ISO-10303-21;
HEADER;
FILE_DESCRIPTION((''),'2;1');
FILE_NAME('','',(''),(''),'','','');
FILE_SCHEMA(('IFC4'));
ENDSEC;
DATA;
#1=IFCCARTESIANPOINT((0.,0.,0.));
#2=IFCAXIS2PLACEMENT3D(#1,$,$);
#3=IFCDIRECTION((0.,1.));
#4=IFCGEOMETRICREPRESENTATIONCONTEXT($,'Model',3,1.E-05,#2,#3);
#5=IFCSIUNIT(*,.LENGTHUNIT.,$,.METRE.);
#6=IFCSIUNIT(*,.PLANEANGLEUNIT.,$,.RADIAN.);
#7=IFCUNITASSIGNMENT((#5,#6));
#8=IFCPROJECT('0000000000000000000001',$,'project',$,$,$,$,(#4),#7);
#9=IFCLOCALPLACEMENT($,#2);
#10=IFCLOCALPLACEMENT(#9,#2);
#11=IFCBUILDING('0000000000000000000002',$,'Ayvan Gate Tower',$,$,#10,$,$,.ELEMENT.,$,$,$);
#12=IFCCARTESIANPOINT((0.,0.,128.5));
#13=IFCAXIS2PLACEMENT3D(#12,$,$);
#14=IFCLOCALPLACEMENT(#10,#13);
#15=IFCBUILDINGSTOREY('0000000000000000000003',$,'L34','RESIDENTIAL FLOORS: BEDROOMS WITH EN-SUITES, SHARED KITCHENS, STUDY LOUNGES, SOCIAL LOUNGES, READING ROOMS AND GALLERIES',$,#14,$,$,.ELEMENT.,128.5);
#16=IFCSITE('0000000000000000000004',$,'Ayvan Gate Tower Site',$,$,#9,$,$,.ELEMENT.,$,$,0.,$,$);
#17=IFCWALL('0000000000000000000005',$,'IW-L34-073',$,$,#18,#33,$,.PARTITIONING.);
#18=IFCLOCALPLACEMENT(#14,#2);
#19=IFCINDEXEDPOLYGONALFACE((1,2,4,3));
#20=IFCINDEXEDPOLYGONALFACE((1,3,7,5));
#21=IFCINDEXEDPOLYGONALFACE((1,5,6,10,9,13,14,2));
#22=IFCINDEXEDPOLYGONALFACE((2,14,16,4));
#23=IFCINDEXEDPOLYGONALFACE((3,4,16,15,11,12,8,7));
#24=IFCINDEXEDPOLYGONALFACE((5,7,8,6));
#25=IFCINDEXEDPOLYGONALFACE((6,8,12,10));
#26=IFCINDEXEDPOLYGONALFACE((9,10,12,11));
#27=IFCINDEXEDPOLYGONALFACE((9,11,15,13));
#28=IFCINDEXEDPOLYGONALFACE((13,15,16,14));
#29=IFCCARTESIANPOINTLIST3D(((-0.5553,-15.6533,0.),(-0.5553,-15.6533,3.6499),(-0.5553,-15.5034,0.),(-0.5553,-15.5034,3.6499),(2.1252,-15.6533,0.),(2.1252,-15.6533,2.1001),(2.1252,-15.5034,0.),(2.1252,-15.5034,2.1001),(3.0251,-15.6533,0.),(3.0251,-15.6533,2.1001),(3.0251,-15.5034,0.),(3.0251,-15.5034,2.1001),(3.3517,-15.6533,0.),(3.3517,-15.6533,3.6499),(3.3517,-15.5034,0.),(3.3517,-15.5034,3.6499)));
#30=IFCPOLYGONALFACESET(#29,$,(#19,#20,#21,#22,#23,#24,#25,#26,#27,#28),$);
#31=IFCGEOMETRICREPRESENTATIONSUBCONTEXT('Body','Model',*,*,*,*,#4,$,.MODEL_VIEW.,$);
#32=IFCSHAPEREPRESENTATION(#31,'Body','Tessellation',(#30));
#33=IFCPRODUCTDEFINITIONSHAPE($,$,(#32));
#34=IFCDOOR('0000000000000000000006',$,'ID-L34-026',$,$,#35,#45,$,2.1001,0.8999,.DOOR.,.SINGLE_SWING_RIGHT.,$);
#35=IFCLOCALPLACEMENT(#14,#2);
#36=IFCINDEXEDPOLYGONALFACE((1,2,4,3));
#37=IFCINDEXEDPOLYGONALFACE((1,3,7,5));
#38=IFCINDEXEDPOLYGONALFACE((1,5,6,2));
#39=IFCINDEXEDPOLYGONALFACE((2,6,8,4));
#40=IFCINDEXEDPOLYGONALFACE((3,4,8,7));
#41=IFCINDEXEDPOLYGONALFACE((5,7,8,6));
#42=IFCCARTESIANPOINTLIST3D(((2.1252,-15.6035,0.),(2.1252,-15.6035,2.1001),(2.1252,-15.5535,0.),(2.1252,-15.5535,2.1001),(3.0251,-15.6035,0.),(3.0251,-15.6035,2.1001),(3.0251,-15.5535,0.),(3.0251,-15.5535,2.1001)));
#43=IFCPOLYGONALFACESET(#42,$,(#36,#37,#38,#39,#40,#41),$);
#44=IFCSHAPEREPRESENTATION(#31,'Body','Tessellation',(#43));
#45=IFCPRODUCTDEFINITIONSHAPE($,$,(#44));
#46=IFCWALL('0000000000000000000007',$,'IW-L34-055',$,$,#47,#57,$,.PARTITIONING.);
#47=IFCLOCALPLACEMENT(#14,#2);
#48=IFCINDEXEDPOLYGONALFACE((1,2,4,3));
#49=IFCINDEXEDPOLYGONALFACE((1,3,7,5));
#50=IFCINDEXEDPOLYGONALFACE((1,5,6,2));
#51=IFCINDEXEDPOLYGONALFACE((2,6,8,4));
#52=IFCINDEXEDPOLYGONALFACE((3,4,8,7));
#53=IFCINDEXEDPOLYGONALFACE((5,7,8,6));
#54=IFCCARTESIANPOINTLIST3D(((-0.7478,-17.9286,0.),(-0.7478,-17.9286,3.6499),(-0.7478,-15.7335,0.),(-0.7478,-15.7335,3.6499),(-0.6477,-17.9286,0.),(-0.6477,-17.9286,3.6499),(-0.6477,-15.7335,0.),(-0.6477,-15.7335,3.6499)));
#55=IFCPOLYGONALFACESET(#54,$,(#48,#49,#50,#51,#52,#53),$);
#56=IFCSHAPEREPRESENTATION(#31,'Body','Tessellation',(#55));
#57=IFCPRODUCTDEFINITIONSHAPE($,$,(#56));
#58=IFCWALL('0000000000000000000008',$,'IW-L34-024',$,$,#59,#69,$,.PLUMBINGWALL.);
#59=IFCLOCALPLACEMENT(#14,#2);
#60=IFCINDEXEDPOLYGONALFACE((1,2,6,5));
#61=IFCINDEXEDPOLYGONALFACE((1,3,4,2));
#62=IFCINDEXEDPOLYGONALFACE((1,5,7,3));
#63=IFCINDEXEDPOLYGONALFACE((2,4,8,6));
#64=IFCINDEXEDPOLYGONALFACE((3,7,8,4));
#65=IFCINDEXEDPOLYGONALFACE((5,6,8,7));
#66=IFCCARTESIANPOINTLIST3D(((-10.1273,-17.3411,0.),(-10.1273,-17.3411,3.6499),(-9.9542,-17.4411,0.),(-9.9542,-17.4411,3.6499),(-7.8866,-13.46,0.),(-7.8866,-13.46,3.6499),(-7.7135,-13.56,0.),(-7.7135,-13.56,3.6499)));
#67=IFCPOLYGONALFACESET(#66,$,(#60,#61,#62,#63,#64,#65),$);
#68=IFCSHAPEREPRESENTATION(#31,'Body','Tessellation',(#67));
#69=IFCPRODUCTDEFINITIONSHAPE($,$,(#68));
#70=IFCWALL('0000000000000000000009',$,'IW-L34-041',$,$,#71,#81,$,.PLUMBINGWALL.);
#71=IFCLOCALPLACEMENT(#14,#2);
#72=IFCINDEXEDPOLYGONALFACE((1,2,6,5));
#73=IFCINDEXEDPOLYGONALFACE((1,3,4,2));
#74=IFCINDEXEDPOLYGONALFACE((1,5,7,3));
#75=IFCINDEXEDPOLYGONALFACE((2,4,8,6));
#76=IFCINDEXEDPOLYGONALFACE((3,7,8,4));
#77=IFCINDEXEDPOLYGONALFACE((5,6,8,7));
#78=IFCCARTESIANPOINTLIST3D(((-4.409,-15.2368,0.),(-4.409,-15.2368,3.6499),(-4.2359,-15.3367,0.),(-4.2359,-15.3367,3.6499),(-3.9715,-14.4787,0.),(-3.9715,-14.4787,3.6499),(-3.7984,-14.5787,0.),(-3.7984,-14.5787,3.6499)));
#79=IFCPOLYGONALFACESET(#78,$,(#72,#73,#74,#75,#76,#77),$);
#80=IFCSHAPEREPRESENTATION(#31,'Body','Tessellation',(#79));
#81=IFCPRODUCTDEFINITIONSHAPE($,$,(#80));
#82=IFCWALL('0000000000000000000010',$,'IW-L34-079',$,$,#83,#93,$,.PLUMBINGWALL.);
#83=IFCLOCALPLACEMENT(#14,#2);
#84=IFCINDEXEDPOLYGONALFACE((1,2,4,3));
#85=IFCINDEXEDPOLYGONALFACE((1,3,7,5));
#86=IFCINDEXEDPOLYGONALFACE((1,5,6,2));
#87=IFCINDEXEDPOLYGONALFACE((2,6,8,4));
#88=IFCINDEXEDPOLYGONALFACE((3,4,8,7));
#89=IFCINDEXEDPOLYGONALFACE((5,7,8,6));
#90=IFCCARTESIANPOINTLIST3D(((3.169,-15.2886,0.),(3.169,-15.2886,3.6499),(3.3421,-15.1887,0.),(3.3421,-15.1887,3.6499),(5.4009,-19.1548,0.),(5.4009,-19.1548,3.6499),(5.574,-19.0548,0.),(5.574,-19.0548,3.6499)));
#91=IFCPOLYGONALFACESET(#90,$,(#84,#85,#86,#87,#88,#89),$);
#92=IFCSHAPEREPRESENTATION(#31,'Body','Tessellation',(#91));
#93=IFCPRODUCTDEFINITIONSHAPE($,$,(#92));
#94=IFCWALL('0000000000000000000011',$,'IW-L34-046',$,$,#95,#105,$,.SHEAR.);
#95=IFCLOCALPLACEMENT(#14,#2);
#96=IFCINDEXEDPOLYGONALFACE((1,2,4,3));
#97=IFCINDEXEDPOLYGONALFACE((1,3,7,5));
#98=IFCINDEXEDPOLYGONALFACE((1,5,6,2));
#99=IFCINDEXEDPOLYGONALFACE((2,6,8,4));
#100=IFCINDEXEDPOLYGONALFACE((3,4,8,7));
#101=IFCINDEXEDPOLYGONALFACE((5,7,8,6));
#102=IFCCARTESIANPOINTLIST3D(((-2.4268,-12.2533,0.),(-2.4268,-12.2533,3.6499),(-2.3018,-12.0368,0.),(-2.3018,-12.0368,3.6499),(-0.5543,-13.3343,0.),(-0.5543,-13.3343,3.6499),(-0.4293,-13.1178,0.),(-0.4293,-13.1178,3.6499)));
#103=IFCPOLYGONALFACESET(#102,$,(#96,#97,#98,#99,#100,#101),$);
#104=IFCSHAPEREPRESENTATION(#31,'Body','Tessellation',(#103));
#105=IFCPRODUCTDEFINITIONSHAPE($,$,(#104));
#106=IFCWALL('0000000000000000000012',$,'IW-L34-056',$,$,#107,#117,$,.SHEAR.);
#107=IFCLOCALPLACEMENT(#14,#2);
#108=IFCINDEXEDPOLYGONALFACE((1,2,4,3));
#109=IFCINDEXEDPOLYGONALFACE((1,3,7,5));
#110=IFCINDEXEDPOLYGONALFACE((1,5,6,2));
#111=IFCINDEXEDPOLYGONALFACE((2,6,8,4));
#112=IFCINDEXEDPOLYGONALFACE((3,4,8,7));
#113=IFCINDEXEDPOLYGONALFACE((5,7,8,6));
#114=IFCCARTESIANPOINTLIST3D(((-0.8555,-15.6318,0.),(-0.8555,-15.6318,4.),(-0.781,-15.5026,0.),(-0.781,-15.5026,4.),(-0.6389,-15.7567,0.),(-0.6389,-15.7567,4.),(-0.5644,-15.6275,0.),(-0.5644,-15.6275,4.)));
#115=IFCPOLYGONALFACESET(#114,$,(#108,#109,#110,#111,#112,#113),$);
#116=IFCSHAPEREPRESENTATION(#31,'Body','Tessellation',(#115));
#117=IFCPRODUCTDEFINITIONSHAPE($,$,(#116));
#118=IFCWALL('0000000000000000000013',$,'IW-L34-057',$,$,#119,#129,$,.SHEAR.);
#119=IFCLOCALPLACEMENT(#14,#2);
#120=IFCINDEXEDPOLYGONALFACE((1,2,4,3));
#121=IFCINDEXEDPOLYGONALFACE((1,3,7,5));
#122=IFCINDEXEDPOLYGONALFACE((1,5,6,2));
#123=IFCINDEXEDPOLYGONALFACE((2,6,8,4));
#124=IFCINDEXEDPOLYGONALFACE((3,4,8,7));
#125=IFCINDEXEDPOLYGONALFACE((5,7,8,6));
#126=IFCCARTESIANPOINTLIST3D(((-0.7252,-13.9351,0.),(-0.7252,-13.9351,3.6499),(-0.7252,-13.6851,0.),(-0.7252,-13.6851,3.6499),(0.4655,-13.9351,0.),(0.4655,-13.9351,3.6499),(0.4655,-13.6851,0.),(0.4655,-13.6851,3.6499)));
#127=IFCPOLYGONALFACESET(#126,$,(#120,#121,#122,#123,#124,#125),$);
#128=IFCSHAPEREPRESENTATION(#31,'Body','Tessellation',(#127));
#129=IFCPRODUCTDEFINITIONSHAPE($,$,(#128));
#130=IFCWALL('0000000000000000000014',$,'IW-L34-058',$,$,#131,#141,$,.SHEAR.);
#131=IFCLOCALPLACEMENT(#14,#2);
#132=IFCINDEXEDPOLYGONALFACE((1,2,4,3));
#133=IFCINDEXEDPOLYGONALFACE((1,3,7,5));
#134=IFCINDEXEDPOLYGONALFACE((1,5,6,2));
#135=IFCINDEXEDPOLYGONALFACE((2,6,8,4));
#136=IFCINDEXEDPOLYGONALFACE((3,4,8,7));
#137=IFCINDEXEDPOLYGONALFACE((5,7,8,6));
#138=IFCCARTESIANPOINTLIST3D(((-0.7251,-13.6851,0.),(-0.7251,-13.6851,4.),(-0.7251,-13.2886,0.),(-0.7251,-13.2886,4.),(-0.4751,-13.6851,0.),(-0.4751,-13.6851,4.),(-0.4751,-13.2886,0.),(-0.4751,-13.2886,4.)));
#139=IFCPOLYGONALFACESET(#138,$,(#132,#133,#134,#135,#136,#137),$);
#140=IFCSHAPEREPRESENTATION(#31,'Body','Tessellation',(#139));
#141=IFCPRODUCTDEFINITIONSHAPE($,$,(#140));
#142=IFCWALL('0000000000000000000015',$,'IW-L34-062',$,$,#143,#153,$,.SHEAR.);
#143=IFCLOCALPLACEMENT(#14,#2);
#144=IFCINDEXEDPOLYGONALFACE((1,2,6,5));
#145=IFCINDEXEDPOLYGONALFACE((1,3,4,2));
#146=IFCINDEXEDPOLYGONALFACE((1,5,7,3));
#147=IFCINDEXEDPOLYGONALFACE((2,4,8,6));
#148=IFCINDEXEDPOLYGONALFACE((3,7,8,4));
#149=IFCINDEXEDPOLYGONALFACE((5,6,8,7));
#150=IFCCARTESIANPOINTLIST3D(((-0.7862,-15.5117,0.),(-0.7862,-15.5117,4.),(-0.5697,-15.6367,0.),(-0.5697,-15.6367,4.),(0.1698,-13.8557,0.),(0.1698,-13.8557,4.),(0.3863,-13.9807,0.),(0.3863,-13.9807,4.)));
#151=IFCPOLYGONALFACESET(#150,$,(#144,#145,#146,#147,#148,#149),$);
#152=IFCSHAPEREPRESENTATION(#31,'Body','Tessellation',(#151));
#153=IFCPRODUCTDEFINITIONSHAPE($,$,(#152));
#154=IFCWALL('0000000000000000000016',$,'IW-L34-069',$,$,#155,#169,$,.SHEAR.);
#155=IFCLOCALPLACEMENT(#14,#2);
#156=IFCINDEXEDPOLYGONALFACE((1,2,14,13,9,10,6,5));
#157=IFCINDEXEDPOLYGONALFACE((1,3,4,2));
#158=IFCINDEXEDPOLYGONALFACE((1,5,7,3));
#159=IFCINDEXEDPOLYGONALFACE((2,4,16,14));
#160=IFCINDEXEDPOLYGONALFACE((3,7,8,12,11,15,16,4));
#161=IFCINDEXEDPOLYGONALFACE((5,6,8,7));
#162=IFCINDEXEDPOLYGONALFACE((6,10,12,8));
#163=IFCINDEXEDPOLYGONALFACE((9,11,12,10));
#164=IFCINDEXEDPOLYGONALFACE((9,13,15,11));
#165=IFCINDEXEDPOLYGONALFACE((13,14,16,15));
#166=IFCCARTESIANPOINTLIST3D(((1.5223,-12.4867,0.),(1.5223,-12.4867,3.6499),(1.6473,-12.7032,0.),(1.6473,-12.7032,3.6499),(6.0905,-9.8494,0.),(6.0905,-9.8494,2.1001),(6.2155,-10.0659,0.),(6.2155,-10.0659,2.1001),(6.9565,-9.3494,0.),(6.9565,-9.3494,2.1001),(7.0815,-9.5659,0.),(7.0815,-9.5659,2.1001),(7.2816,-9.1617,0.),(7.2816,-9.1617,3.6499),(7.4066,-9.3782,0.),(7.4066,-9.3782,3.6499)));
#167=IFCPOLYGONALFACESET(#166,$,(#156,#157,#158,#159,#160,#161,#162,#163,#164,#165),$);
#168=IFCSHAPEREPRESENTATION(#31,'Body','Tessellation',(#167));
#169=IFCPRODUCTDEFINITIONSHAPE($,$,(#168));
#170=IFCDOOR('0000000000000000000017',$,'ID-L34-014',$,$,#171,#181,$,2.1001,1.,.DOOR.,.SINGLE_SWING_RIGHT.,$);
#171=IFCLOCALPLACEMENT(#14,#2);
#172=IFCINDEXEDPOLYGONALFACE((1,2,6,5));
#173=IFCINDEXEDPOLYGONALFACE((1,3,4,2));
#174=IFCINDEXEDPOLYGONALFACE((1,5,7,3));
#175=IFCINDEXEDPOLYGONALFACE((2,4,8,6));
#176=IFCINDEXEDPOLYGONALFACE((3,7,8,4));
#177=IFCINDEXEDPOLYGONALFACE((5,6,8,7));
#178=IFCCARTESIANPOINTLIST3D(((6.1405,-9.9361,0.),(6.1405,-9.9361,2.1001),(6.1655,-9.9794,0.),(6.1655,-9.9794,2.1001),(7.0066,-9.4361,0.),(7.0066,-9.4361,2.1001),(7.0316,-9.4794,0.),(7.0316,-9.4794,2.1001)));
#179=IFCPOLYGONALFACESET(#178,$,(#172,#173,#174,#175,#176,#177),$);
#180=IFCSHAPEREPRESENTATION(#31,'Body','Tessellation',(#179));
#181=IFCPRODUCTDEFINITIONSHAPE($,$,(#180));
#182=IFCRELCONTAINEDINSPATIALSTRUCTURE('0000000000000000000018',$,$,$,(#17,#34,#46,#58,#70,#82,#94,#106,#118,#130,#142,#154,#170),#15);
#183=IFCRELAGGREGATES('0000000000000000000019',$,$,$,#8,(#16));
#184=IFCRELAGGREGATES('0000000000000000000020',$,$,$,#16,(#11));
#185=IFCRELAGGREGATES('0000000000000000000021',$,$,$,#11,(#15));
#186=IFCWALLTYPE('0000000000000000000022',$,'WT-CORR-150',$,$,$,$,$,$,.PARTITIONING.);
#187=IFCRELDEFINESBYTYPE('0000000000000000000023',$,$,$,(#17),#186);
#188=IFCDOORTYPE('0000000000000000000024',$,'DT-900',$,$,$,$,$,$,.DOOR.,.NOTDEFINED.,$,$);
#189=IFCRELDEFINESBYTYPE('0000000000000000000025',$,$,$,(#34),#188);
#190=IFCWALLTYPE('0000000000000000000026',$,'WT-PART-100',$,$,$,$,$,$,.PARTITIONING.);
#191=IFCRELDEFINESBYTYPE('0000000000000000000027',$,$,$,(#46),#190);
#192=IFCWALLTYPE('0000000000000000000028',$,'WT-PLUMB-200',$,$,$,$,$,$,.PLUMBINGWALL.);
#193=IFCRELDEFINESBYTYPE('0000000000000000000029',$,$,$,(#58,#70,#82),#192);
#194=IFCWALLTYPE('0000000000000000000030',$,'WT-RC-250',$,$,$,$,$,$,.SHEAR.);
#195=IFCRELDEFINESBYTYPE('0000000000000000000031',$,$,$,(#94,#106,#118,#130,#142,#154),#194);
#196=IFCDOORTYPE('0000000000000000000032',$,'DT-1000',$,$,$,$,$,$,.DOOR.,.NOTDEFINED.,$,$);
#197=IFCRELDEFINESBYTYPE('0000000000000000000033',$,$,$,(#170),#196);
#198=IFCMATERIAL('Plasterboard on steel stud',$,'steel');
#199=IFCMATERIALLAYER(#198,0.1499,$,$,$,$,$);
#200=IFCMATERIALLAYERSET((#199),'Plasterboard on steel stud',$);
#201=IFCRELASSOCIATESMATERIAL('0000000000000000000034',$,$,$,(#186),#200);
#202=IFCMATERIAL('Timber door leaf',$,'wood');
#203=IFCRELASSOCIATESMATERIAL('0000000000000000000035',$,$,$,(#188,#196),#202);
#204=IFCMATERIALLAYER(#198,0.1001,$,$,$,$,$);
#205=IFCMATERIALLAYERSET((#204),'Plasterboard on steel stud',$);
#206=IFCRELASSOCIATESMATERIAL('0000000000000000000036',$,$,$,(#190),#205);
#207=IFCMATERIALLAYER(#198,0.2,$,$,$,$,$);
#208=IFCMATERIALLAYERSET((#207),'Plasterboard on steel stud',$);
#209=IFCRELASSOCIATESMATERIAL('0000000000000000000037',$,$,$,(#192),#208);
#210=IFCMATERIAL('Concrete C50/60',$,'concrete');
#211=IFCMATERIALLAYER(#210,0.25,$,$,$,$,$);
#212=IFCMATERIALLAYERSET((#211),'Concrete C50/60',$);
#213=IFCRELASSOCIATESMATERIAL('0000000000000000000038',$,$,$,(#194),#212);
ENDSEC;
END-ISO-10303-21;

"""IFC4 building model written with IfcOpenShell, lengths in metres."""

from ifc_helpers import new_model, si_unit, direction, frame, frame_2d, origin, place, context, subcontext, project, spatial, rectangle, extrude, material, layer, layer_set, type_object, element, fill, save


model = new_model("IFC4")

# Units and contexts
model_context = context("Model", 3, precision=1e-05, world=origin(), true_north=direction((0.0, 1.0)))
body_context = subcontext(model_context, "Body", "Model", "MODEL_VIEW")
ifc_project = project(units=[si_unit("LENGTHUNIT", "METRE"), si_unit("PLANEANGLEUNIT", "RADIAN")], contexts=[model_context])

# Site, building, storey
site_placement = place(None, origin())
site = spatial("IfcSite", under=ifc_project, at=site_placement, Name="Ayvan Gate Tower Site", CompositionType="ELEMENT", RefElevation=0.0)
building_placement = place(site_placement, origin())
building = spatial("IfcBuilding", under=site, at=building_placement, Name="Ayvan Gate Tower", CompositionType="ELEMENT")
storey_placement = place(building_placement, frame((0.0, 0.0, 128.5)))
storey = spatial("IfcBuildingStorey", under=building, at=storey_placement, Name="L34", Description="RESIDENTIAL FLOORS: BEDROOMS WITH EN-SUITES, SHARED KITCHENS, STUDY LOUNGES, SOCIAL LOUNGES, READING ROOMS AND GALLERIES", CompositionType="ELEMENT", Elevation=128.5)

# Wall, opening, door
ifc_material_1 = material(Name="Plasterboard on steel stud", Category="steel")
ifc_layer_1 = layer(ifc_material_1, 0.1499)
ifc_layer_set_1 = layer_set([ifc_layer_1], Name="Plasterboard on steel stud")
wall_type_1 = type_object("IfcWallType", Name="WT-CORR-150", PredefinedType="PARTITIONING", material=ifc_layer_set_1)
wall_1_placement = place(storey_placement, frame((-0.5554, -15.5784, 0.0), z_axis=(0.0, 0.0, 1.0), x_axis=(1.0, 0.0, 0.0)))
wall_1 = element("IfcWall", 1, at=wall_1_placement, inside=storey, type_object=wall_type_1, Name="IW-L34-073", PredefinedType="PARTITIONING", context=body_context, shape_type="SweptSolid", body=[
    extrude(rectangle(XDim=3.907, YDim=0.1499, at=frame_2d((1.9536, 0.0))), origin(), (0.0, 0.0, 1.0), 3.6499),
])
opening_1_placement = place(wall_1_placement, frame((2.6807, 0.0, 0.0)))
opening_1 = element("IfcOpeningElement", 2, at=opening_1_placement, cuts=wall_1, PredefinedType="OPENING", context=body_context, shape_type="SweptSolid", body=[
    extrude(rectangle(XDim=0.8999, YDim=2.1001, at=frame_2d((0.45, 1.05))), frame((0.0, 0.085, 0.0), z_axis=(0.0, -1.0, 0.0), x_axis=(1.0, 0.0, 0.0)), (0.0, 0.0, 1.0), 0.1699),
])
ifc_material_2 = material(Name="Timber door leaf", Category="wood")
door_type_1 = type_object("IfcDoorType", Name="DT-900", OperationType="NOTDEFINED", PredefinedType="DOOR", material=ifc_material_2)
door_1_placement = place(opening_1_placement, origin())
door_1 = element("IfcDoor", 3, at=door_1_placement, inside=storey, type_object=door_type_1, Name="ID-L34-026", OperationType="SINGLE_SWING_RIGHT", OverallHeight=2.1001, OverallWidth=0.8999, PredefinedType="DOOR", context=body_context, shape_type="SweptSolid", body=[
    extrude(rectangle(XDim=0.8999, YDim=2.1001, at=frame_2d((0.45, 1.05))), frame((0.0, 0.0249, 0.0), z_axis=(0.0, -1.0, 0.0), x_axis=(1.0, 0.0, 0.0)), (0.0, 0.0, 1.0), 0.05),
])
fill(opening_1, door_1)

# Walls
ifc_layer_2 = layer(ifc_material_1, 0.1001)
ifc_layer_set_2 = layer_set([ifc_layer_2], Name="Plasterboard on steel stud")
wall_type_2 = type_object("IfcWallType", Name="WT-PART-100", PredefinedType="PARTITIONING", material=ifc_layer_set_2)
wall_2_placement = place(storey_placement, frame((-0.6978, -15.7334, 0.0), z_axis=(0.0, 0.0, 1.0), x_axis=(0.0, -1.0, 0.0)))
element("IfcWall", 4, at=wall_2_placement, inside=storey, type_object=wall_type_2, Name="IW-L34-055", PredefinedType="PARTITIONING", context=body_context, shape_type="SweptSolid", body=[
    extrude(rectangle(XDim=2.1951, YDim=0.1001, at=frame_2d((1.0977, 0.0))), origin(), (0.0, 0.0, 1.0), 3.6499),
])
ifc_layer_3 = layer(ifc_material_1, 0.2)
ifc_layer_set_3 = layer_set([ifc_layer_3], Name="Plasterboard on steel stud")
wall_type_3 = type_object("IfcWallType", Name="WT-PLUMB-200", PredefinedType="PLUMBINGWALL", material=ifc_layer_set_3)
wall_3_placement = place(storey_placement, frame((-7.8, -13.51, 0.0), z_axis=(0.0, 0.0, 1.0), x_axis=(-0.499994, -0.866029, 0.0)))
element("IfcWall", 5, at=wall_3_placement, inside=storey, type_object=wall_type_3, Name="IW-L34-024", PredefinedType="PLUMBINGWALL", context=body_context, shape_type="SweptSolid", body=[
    extrude(rectangle(XDim=4.4814, YDim=0.2, at=frame_2d((2.2407, 0.0))), origin(), (0.0, 0.0, 1.0), 3.6499),
])
wall_4_placement = place(storey_placement, frame((-3.885, -14.5288, 0.0), z_axis=(0.0, 0.0, 1.0), x_axis=(-0.499859, -0.866107, 0.0)))
element("IfcWall", 6, at=wall_4_placement, inside=storey, type_object=wall_type_3, Name="IW-L34-041", PredefinedType="PLUMBINGWALL", context=body_context, shape_type="SweptSolid", body=[
    extrude(rectangle(XDim=0.8752, YDim=0.2, at=frame_2d((0.4375, 0.0))), origin(), (0.0, 0.0, 1.0), 3.6499),
])
wall_5_placement = place(storey_placement, frame((3.2556, -15.2388, 0.0), z_axis=(0.0, 0.0, 1.0), x_axis=(0.499962, -0.866047, 0.0)))
element("IfcWall", 7, at=wall_5_placement, inside=storey, type_object=wall_type_3, Name="IW-L34-079", PredefinedType="PLUMBINGWALL", context=body_context, shape_type="SweptSolid", body=[
    extrude(rectangle(XDim=4.4641, YDim=0.2, at=frame_2d((2.2319, 0.0))), origin(), (0.0, 0.0, 1.0), 3.6499),
])
ifc_material_3 = material(Name="Concrete C50/60", Category="concrete")
ifc_layer_4 = layer(ifc_material_3, 0.25)
ifc_layer_set_4 = layer_set([ifc_layer_4], Name="Concrete C50/60")
wall_type_4 = type_object("IfcWallType", Name="WT-RC-250", PredefinedType="SHEAR", material=ifc_layer_set_4)
wall_6_placement = place(storey_placement, frame((-2.3643, -12.145, 0.0), z_axis=(0.0, 0.0, 1.0), x_axis=(0.866039, -0.499977, 0.0)))
element("IfcWall", 8, at=wall_6_placement, inside=storey, type_object=wall_type_4, Name="IW-L34-046", PredefinedType="SHEAR", context=body_context, shape_type="SweptSolid", body=[
    extrude(rectangle(XDim=2.1621, YDim=0.25, at=frame_2d((1.0811, 0.0))), origin(), (0.0, 0.0, 1.0), 3.6499),
])
wall_7_placement = place(storey_placement, frame((-0.6726, -15.5649, 0.0), z_axis=(0.0, 0.0, 1.0), x_axis=(-0.499486, -0.866322, 0.0)))
element("IfcWall", 9, at=wall_7_placement, inside=storey, type_object=wall_type_4, Name="IW-L34-056", PredefinedType="SHEAR", context=body_context, shape_type="SweptSolid", body=[
    extrude(rectangle(XDim=0.1492, YDim=0.25, at=frame_2d((0.0747, 0.0))), origin(), (0.0, 0.0, 1.0), 4.0),
])
wall_8_placement = place(storey_placement, frame((-0.7251, -13.8101, 0.0), z_axis=(0.0, 0.0, 1.0), x_axis=(1.0, 0.0, 0.0)))
element("IfcWall", 10, at=wall_8_placement, inside=storey, type_object=wall_type_4, Name="IW-L34-057", PredefinedType="SHEAR", context=body_context, shape_type="SweptSolid", body=[
    extrude(rectangle(XDim=1.1907, YDim=0.25, at=frame_2d((0.5952, 0.0))), origin(), (0.0, 0.0, 1.0), 3.6499),
])
wall_9_placement = place(storey_placement, frame((-0.6001, -13.2886, 0.0), z_axis=(0.0, 0.0, 1.0), x_axis=(0.0, -1.0, 0.0)))
element("IfcWall", 11, at=wall_9_placement, inside=storey, type_object=wall_type_4, Name="IW-L34-058", PredefinedType="SHEAR", context=body_context, shape_type="SweptSolid", body=[
    extrude(rectangle(XDim=0.3965, YDim=0.25, at=frame_2d((0.1982, 0.0))), origin(), (0.0, 0.0, 1.0), 4.0),
])
wall_10_placement = place(storey_placement, frame((0.2781, -13.9182, 0.0), z_axis=(0.0, 0.0, 1.0), x_axis=(-0.499984, -0.866035, 0.0)))
element("IfcWall", 12, at=wall_10_placement, inside=storey, type_object=wall_type_4, Name="IW-L34-062", PredefinedType="SHEAR", context=body_context, shape_type="SweptSolid", body=[
    extrude(rectangle(XDim=1.9121, YDim=0.25, at=frame_2d((0.9561, 0.0))), origin(), (0.0, 0.0, 1.0), 4.0),
])

# Wall, opening, door
wall_11_placement = place(storey_placement, frame((1.5847, -12.595, 0.0), z_axis=(0.0, 0.0, 1.0), x_axis=(0.866036, 0.499981, 0.0)))
wall_11 = element("IfcWall", 13, at=wall_11_placement, inside=storey, type_object=wall_type_4, Name="IW-L34-069", PredefinedType="SHEAR", context=body_context, shape_type="SweptSolid", body=[
    extrude(rectangle(XDim=6.6501, YDim=0.25, at=frame_2d((3.3252, 0.0))), origin(), (0.0, 0.0, 1.0), 3.6499),
])
opening_2_placement = place(wall_11_placement, frame((5.2749, 0.0, 0.0)))
opening_2 = element("IfcOpeningElement", 14, at=opening_2_placement, cuts=wall_11, PredefinedType="OPENING", context=body_context, shape_type="SweptSolid", body=[
    extrude(rectangle(XDim=1.0, YDim=2.1001, at=frame_2d((0.5, 1.05))), frame((0.0, 0.135, 0.0), z_axis=(0.0, -1.0, 0.0), x_axis=(1.0, 0.0, 0.0)), (0.0, 0.0, 1.0), 0.27),
])
door_type_2 = type_object("IfcDoorType", Name="DT-1000", OperationType="NOTDEFINED", PredefinedType="DOOR", material=ifc_material_2)
door_2_placement = place(opening_2_placement, origin())
door_2 = element("IfcDoor", 15, at=door_2_placement, inside=storey, type_object=door_type_2, Name="ID-L34-014", OperationType="SINGLE_SWING_RIGHT", OverallHeight=2.1001, OverallWidth=1.0, PredefinedType="DOOR", context=body_context, shape_type="SweptSolid", body=[
    extrude(rectangle(XDim=1.0, YDim=2.1001, at=frame_2d((0.5, 1.05))), frame((0.0, 0.0249, 0.0), z_axis=(0.0, -1.0, 0.0), x_axis=(1.0, 0.0, 0.0)), (0.0, 0.0, 1.0), 0.05),
])
fill(opening_2, door_2)

save(model, "model.ifc")
